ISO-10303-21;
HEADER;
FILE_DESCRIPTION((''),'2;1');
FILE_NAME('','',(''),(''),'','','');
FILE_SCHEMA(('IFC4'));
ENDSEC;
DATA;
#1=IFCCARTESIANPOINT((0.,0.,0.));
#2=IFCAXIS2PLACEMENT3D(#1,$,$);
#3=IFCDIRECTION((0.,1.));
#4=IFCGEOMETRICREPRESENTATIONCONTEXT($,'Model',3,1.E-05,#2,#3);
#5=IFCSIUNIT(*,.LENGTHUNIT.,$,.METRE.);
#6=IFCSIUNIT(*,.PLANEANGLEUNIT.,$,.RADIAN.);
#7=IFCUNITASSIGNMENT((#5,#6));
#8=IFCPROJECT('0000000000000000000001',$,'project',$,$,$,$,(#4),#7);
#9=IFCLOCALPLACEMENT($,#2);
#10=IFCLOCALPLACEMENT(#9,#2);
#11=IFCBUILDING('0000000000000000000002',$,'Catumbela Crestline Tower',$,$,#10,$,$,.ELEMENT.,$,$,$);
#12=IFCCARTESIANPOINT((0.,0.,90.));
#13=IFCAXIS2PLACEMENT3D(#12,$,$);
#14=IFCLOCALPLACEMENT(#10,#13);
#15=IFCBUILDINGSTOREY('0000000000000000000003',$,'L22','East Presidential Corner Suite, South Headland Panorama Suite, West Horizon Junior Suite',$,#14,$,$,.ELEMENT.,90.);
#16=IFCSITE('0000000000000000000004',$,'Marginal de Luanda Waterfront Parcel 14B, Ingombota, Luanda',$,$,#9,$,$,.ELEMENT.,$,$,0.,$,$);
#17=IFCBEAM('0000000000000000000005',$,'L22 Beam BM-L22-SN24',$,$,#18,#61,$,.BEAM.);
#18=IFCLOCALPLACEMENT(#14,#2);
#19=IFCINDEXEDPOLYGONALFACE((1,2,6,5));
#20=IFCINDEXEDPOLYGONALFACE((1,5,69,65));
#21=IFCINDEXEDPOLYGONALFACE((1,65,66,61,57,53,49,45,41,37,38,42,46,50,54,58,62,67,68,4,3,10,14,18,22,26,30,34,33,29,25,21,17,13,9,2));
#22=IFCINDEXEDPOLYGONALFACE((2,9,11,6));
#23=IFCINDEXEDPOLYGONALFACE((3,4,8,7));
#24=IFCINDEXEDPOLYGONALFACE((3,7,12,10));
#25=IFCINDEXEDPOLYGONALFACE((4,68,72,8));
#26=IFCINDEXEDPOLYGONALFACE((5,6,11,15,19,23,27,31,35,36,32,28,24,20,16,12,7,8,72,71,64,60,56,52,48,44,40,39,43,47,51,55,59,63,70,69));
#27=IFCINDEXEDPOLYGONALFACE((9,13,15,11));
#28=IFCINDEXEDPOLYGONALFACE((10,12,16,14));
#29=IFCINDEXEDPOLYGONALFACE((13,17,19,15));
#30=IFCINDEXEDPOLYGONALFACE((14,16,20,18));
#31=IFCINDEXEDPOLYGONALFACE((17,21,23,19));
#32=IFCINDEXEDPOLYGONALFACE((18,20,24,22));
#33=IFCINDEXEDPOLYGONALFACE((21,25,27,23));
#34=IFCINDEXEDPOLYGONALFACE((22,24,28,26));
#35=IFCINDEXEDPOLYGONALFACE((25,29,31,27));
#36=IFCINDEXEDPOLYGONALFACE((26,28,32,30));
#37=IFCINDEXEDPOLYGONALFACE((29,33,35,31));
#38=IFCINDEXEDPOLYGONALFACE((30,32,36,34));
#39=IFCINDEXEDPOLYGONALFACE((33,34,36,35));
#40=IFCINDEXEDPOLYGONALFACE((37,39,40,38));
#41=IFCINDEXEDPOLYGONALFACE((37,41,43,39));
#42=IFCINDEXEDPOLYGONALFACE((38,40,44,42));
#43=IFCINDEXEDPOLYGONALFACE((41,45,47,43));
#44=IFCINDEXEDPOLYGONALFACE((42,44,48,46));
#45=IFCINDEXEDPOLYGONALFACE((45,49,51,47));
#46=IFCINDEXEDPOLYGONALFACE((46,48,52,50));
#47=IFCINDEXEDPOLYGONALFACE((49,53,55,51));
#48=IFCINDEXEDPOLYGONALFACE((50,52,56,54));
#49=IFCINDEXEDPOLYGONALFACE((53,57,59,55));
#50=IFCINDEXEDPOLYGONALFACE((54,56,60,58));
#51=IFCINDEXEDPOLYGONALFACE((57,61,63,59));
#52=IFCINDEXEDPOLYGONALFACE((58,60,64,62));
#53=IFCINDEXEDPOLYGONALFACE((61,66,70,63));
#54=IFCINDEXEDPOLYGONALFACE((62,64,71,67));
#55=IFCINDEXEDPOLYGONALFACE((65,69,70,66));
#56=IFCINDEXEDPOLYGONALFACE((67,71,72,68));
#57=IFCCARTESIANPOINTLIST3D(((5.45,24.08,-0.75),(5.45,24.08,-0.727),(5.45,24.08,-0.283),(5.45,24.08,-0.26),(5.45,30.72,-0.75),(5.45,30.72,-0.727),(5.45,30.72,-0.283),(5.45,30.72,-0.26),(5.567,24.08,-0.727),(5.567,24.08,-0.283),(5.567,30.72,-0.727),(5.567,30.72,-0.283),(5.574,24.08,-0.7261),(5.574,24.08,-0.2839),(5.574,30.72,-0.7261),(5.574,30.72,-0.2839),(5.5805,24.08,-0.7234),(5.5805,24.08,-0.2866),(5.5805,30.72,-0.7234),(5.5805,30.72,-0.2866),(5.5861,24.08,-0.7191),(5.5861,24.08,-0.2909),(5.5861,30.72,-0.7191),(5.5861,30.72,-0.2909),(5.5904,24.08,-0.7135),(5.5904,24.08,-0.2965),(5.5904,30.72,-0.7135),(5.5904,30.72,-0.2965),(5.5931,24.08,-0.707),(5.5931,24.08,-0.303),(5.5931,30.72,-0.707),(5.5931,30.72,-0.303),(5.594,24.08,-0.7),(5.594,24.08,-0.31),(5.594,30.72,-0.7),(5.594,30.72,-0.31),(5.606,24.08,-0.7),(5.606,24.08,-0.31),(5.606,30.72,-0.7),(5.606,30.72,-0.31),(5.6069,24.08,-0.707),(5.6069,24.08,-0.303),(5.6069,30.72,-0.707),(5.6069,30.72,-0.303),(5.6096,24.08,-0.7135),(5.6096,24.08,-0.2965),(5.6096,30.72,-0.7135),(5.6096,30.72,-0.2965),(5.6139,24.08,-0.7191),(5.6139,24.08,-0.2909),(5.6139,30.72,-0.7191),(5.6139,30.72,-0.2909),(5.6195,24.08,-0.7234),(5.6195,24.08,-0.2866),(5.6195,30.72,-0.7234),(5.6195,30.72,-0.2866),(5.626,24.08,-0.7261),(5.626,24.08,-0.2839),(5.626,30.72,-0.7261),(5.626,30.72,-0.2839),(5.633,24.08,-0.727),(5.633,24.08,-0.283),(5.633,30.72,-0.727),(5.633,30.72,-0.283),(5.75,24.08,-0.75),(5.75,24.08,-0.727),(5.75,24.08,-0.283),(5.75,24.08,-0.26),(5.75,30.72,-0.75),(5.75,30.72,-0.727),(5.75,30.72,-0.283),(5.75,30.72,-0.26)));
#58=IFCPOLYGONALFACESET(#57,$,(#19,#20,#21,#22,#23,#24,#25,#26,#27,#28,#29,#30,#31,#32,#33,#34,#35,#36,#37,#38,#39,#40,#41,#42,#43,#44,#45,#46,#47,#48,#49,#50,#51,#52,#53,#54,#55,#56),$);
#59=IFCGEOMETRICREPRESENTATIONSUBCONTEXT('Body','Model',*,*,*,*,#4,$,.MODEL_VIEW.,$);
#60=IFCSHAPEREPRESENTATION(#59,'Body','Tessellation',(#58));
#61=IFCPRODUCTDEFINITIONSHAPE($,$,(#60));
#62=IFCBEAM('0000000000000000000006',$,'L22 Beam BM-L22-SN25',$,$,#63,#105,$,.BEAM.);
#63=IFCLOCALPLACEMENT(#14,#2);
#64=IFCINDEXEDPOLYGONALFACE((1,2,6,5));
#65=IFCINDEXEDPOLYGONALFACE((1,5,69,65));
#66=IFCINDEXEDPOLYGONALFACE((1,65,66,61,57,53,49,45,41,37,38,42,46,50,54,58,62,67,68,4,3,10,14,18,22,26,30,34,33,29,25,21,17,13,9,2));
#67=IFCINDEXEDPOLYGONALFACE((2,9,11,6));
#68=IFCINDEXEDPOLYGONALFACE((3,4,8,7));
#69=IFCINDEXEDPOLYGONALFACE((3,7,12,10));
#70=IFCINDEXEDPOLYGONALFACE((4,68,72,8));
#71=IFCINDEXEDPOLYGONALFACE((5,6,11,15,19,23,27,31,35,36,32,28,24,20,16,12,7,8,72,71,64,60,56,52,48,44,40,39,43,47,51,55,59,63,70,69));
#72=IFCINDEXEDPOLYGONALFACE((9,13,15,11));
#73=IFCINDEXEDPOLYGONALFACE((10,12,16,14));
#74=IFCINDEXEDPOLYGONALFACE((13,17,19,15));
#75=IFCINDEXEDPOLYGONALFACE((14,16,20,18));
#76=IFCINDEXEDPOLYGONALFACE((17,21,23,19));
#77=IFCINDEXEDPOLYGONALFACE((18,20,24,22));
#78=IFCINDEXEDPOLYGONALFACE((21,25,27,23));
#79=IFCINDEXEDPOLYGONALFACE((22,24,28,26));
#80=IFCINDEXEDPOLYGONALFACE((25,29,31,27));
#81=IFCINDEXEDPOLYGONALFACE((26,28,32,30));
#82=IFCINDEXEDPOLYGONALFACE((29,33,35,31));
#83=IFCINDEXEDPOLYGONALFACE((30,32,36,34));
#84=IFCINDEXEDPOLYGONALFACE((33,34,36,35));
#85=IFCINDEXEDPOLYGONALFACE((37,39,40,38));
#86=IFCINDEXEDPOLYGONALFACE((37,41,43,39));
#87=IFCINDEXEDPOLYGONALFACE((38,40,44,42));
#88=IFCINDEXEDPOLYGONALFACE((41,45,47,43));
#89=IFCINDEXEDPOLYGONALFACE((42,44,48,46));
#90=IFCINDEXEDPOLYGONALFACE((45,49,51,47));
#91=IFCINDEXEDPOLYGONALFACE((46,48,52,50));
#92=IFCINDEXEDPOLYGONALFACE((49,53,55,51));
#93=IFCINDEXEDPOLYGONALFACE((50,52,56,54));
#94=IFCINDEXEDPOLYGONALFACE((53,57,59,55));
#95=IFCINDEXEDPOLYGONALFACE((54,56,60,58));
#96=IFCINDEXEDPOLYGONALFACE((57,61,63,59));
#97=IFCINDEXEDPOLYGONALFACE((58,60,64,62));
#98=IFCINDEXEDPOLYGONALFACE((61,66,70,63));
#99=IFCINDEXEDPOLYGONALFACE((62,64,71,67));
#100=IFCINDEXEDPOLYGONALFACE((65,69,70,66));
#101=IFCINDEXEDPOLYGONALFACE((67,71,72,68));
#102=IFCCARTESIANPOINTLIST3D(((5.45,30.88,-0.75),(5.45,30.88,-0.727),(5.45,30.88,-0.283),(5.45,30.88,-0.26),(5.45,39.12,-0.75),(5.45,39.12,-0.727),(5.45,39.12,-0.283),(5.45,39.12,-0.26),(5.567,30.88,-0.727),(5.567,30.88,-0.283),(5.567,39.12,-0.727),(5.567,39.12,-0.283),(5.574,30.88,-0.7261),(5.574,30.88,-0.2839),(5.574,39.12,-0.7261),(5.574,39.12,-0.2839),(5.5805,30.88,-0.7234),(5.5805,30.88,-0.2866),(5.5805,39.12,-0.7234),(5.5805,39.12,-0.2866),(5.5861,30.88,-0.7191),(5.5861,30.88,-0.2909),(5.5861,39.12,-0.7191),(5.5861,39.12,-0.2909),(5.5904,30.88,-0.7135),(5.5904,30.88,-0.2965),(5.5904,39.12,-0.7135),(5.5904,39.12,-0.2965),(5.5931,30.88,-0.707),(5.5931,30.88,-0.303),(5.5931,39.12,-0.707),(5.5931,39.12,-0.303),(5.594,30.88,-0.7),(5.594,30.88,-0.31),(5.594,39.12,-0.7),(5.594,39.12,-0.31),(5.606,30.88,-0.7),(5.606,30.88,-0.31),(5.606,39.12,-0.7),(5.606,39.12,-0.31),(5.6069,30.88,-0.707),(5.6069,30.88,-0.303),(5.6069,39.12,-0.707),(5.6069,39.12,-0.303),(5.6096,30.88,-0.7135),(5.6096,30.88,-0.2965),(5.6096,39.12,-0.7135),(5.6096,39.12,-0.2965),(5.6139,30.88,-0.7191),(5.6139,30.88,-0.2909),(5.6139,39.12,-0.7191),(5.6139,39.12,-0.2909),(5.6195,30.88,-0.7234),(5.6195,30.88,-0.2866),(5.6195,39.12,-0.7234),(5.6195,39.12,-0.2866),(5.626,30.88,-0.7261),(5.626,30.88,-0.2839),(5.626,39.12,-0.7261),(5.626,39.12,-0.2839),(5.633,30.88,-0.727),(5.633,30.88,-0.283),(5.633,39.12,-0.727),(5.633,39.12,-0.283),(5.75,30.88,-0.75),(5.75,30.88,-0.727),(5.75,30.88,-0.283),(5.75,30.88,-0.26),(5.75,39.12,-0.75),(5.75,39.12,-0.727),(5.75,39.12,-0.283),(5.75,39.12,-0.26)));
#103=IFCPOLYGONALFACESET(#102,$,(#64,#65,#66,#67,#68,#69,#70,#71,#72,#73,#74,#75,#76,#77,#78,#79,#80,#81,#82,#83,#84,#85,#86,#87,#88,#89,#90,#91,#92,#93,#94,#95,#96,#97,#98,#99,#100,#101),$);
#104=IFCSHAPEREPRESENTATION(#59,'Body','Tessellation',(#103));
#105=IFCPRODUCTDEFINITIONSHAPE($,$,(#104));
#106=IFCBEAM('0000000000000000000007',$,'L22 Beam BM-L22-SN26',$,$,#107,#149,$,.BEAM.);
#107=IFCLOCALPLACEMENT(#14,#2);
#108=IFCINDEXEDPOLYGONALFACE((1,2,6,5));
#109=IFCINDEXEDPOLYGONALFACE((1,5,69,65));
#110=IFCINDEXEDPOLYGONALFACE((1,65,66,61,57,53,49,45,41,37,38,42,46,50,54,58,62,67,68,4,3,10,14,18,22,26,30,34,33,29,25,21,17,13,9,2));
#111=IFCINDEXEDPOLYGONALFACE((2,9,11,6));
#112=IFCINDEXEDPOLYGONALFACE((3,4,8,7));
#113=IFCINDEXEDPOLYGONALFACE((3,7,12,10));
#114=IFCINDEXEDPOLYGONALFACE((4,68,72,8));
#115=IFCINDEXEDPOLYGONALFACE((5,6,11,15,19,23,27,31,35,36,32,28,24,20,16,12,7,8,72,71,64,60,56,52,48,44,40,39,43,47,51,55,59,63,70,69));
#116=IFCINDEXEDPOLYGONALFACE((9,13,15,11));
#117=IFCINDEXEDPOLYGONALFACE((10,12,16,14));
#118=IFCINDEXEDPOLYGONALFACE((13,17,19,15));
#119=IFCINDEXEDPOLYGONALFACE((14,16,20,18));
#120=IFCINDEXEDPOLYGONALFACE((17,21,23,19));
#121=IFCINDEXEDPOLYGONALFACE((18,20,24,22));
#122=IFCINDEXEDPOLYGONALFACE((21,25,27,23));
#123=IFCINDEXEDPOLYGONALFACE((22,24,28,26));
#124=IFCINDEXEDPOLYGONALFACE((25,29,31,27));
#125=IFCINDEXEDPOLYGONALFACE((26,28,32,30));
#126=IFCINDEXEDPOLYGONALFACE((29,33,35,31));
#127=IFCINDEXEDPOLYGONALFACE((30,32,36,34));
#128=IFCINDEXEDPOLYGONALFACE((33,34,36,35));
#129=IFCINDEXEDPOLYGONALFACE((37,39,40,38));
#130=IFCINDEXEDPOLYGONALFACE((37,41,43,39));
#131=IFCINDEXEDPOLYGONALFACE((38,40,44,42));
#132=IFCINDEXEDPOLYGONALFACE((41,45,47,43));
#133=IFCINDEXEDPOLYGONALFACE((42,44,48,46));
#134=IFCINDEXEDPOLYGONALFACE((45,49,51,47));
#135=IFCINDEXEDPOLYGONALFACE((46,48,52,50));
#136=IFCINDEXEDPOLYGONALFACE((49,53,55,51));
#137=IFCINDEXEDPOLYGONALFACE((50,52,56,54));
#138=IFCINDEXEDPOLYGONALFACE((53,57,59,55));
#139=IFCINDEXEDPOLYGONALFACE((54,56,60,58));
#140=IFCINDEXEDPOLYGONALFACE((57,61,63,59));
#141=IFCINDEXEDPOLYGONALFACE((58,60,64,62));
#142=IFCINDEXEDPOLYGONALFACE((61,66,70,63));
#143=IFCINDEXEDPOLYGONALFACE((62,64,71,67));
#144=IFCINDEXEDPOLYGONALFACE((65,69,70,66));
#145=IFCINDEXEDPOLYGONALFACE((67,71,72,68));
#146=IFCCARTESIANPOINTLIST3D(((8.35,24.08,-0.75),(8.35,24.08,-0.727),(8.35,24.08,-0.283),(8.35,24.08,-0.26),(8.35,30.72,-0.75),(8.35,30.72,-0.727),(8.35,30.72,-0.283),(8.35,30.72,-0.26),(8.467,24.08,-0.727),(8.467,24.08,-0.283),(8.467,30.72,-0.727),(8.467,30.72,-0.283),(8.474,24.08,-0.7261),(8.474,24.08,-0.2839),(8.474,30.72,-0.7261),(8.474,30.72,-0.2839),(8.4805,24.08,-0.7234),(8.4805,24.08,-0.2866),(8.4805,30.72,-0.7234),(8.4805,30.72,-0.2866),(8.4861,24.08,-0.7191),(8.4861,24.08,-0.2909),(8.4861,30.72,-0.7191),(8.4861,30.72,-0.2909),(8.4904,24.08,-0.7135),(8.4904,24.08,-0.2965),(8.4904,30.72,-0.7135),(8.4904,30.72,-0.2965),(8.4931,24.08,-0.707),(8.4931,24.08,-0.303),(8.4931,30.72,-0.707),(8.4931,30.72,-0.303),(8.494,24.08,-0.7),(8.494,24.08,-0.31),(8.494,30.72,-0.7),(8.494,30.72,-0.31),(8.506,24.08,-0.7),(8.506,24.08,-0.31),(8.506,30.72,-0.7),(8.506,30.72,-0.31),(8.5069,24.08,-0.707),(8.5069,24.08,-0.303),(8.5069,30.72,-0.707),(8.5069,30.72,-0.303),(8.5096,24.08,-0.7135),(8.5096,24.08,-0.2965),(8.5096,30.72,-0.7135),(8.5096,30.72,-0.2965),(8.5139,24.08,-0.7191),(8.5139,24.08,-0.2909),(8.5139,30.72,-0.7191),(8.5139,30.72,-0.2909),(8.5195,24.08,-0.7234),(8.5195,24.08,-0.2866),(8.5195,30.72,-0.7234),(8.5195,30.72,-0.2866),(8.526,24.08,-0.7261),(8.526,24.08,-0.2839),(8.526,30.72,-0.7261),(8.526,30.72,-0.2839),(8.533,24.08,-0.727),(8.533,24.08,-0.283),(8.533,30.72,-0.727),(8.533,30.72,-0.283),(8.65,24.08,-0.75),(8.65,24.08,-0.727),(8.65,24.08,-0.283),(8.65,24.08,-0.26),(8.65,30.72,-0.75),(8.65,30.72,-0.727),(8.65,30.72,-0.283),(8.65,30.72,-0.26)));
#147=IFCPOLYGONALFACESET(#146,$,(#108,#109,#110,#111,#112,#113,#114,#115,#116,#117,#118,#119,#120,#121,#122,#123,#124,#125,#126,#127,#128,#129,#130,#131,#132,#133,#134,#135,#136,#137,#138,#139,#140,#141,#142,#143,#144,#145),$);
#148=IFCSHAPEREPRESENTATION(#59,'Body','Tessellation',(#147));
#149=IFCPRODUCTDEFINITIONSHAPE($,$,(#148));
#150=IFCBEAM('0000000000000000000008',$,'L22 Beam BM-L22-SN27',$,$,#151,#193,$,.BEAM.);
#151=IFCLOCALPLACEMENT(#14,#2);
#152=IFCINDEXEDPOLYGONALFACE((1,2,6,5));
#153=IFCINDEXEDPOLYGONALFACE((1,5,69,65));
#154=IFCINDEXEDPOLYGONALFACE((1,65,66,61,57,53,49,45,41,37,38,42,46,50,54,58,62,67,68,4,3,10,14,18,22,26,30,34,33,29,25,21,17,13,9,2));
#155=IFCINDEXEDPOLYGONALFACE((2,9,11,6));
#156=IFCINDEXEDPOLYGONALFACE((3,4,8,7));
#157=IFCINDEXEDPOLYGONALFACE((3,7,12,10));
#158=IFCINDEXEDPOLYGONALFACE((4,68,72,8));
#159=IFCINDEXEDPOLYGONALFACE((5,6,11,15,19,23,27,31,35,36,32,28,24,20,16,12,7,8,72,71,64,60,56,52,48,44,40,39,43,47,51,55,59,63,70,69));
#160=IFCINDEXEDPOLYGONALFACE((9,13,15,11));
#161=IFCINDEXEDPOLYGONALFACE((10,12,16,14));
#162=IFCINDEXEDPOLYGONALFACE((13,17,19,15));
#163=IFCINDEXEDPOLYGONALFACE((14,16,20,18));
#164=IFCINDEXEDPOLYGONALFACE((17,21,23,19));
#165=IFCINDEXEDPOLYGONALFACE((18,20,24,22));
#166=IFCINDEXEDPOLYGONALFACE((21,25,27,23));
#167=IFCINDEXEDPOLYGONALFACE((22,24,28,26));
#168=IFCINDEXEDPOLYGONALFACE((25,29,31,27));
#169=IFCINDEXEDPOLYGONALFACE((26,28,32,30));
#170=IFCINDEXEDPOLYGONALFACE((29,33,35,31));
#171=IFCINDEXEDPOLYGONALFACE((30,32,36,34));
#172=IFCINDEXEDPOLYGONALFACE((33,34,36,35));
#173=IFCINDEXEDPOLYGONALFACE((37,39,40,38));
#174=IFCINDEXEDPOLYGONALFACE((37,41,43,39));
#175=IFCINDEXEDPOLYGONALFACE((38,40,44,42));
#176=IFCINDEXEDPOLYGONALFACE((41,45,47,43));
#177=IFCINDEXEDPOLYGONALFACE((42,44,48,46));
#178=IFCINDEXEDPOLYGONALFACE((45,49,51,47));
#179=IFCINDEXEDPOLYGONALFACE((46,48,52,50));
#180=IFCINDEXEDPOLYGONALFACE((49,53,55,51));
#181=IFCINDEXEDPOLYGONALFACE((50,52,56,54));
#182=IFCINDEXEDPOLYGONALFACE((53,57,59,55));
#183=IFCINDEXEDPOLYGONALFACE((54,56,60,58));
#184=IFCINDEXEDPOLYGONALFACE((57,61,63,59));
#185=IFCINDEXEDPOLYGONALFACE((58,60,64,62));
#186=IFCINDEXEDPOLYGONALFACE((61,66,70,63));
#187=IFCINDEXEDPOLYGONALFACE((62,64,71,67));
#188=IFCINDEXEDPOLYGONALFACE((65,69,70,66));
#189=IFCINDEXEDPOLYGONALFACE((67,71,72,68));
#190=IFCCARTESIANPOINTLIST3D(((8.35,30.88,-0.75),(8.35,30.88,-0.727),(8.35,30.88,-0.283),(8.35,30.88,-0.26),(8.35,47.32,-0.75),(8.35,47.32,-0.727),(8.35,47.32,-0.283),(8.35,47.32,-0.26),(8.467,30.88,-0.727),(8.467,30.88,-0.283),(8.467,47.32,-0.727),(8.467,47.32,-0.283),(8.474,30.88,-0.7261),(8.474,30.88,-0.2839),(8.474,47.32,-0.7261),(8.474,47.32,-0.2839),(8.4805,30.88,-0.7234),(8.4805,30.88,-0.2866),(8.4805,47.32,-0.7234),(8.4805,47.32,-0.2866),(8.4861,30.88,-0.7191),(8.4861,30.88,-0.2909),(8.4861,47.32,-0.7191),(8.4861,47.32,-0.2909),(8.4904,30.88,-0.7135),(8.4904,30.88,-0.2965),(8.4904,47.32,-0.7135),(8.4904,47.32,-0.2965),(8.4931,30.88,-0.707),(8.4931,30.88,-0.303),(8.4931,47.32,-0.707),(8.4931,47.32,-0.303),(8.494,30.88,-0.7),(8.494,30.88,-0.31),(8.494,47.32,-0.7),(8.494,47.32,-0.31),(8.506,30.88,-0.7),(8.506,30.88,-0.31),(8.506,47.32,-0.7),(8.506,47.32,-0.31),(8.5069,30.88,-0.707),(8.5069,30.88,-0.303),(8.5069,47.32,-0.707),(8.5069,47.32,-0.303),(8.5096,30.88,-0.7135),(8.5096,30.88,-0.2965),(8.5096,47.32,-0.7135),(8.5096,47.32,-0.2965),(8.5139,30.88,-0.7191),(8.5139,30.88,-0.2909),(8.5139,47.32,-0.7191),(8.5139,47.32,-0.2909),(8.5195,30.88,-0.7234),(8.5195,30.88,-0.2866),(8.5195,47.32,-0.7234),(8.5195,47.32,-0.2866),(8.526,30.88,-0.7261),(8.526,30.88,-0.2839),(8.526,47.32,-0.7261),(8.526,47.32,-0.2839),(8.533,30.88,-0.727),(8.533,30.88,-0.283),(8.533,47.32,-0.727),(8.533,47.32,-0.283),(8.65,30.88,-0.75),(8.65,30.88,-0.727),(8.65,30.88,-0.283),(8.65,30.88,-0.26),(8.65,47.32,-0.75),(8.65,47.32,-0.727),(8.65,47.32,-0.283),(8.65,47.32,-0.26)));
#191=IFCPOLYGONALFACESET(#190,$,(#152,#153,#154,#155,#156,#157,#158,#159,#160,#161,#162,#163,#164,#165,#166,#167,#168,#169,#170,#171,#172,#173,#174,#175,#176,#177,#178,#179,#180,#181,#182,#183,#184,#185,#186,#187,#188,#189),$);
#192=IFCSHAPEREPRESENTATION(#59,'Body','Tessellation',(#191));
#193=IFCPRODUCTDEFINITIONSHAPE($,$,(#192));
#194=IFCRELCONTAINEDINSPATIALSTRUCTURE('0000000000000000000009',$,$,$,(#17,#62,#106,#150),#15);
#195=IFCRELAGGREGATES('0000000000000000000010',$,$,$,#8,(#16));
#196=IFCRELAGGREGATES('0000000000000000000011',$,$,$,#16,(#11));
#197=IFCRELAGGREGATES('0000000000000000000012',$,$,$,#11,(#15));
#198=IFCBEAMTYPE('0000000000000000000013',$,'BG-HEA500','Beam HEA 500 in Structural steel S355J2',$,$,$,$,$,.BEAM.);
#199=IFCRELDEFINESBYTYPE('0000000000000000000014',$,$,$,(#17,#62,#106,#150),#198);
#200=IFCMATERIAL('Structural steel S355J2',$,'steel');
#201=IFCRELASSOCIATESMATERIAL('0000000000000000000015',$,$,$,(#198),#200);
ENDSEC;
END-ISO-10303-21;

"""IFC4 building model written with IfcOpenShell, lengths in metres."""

from ifc_helpers import new_model, si_unit, direction, frame, origin, origin_2d, place, context, subcontext, project, spatial, i_section, extrude, material, material_profile, profile_set, type_object, element, save


model = new_model("IFC4")

# Units and contexts
model_context = context("Model", 3, precision=1e-05, world=origin(), true_north=direction((0.0, 1.0)))
body_context = subcontext(model_context, "Body", "Model", "MODEL_VIEW")
ifc_project = project(units=[si_unit("LENGTHUNIT", "METRE"), si_unit("PLANEANGLEUNIT", "RADIAN")], contexts=[model_context])

# Site, building, storey
site_placement = place(None, origin())
site = spatial("IfcSite", under=ifc_project, at=site_placement, Name="Marginal de Luanda Waterfront Parcel 14B, Ingombota, Luanda", CompositionType="ELEMENT", RefElevation=0.0)
building_placement = place(site_placement, origin())
building = spatial("IfcBuilding", under=site, at=building_placement, Name="Catumbela Crestline Tower", CompositionType="ELEMENT")
storey_placement = place(building_placement, frame((0.0, 0.0, 90.0)))
storey = spatial("IfcBuildingStorey", under=building, at=storey_placement, Name="L22", Description="East Presidential Corner Suite, South Headland Panorama Suite, West Horizon Junior Suite", CompositionType="ELEMENT", Elevation=90.0)

# Beams
ifc_material_1 = material(Name="Structural steel S355J2", Category="steel")
ifc_material_profile_1 = material_profile(ifc_material_1, i_section(OverallWidth=0.3, OverallDepth=0.49, WebThickness=0.012, FlangeThickness=0.023, FilletRadius=0.027, at=origin_2d()), Name="HEA 500")
ifc_profile_set_1 = profile_set([ifc_material_profile_1], Name="Structural steel S355J2")
beam_type = type_object("IfcBeamType", Name="BG-HEA500", Description="Beam HEA 500 in Structural steel S355J2", PredefinedType="BEAM", material=ifc_profile_set_1)
beam_1_placement = place(storey_placement, frame((5.6, 24.08, -0.505), z_axis=(0.0, 1.0, 0.0), x_axis=(-1.0, 0.0, 0.0)))
element("IfcBeam", 1, at=beam_1_placement, inside=storey, type_object=beam_type, Name="L22 Beam BM-L22-SN24", PredefinedType="BEAM", context=body_context, shape_type="SweptSolid", body=[
    extrude(i_section(OverallWidth=0.3, OverallDepth=0.49, WebThickness=0.012, FlangeThickness=0.023, FilletRadius=0.027, at=origin_2d()), origin(), (0.0, 0.0, 1.0), 6.64),
])
beam_2_placement = place(storey_placement, frame((5.6, 30.88, -0.505), z_axis=(0.0, 1.0, 0.0), x_axis=(-1.0, 0.0, 0.0)))
element("IfcBeam", 2, at=beam_2_placement, inside=storey, type_object=beam_type, Name="L22 Beam BM-L22-SN25", PredefinedType="BEAM", context=body_context, shape_type="SweptSolid", body=[
    extrude(i_section(OverallWidth=0.3, OverallDepth=0.49, WebThickness=0.012, FlangeThickness=0.023, FilletRadius=0.027, at=origin_2d()), origin(), (0.0, 0.0, 1.0), 8.24),
])
beam_3_placement = place(storey_placement, frame((8.5, 24.08, -0.505), z_axis=(0.0, 1.0, 0.0), x_axis=(-1.0, 0.0, 0.0)))
element("IfcBeam", 3, at=beam_3_placement, inside=storey, type_object=beam_type, Name="L22 Beam BM-L22-SN26", PredefinedType="BEAM", context=body_context, shape_type="SweptSolid", body=[
    extrude(i_section(OverallWidth=0.3, OverallDepth=0.49, WebThickness=0.012, FlangeThickness=0.023, FilletRadius=0.027, at=origin_2d()), origin(), (0.0, 0.0, 1.0), 6.64),
])
beam_4_placement = place(storey_placement, frame((8.5, 30.88, -0.505), z_axis=(0.0, 1.0, 0.0), x_axis=(-1.0, 0.0, 0.0)))
element("IfcBeam", 4, at=beam_4_placement, inside=storey, type_object=beam_type, Name="L22 Beam BM-L22-SN27", PredefinedType="BEAM", context=body_context, shape_type="SweptSolid", body=[
    extrude(i_section(OverallWidth=0.3, OverallDepth=0.49, WebThickness=0.012, FlangeThickness=0.023, FilletRadius=0.027, at=origin_2d()), origin(), (0.0, 0.0, 1.0), 16.44),
])

save(model, "model.ifc")
